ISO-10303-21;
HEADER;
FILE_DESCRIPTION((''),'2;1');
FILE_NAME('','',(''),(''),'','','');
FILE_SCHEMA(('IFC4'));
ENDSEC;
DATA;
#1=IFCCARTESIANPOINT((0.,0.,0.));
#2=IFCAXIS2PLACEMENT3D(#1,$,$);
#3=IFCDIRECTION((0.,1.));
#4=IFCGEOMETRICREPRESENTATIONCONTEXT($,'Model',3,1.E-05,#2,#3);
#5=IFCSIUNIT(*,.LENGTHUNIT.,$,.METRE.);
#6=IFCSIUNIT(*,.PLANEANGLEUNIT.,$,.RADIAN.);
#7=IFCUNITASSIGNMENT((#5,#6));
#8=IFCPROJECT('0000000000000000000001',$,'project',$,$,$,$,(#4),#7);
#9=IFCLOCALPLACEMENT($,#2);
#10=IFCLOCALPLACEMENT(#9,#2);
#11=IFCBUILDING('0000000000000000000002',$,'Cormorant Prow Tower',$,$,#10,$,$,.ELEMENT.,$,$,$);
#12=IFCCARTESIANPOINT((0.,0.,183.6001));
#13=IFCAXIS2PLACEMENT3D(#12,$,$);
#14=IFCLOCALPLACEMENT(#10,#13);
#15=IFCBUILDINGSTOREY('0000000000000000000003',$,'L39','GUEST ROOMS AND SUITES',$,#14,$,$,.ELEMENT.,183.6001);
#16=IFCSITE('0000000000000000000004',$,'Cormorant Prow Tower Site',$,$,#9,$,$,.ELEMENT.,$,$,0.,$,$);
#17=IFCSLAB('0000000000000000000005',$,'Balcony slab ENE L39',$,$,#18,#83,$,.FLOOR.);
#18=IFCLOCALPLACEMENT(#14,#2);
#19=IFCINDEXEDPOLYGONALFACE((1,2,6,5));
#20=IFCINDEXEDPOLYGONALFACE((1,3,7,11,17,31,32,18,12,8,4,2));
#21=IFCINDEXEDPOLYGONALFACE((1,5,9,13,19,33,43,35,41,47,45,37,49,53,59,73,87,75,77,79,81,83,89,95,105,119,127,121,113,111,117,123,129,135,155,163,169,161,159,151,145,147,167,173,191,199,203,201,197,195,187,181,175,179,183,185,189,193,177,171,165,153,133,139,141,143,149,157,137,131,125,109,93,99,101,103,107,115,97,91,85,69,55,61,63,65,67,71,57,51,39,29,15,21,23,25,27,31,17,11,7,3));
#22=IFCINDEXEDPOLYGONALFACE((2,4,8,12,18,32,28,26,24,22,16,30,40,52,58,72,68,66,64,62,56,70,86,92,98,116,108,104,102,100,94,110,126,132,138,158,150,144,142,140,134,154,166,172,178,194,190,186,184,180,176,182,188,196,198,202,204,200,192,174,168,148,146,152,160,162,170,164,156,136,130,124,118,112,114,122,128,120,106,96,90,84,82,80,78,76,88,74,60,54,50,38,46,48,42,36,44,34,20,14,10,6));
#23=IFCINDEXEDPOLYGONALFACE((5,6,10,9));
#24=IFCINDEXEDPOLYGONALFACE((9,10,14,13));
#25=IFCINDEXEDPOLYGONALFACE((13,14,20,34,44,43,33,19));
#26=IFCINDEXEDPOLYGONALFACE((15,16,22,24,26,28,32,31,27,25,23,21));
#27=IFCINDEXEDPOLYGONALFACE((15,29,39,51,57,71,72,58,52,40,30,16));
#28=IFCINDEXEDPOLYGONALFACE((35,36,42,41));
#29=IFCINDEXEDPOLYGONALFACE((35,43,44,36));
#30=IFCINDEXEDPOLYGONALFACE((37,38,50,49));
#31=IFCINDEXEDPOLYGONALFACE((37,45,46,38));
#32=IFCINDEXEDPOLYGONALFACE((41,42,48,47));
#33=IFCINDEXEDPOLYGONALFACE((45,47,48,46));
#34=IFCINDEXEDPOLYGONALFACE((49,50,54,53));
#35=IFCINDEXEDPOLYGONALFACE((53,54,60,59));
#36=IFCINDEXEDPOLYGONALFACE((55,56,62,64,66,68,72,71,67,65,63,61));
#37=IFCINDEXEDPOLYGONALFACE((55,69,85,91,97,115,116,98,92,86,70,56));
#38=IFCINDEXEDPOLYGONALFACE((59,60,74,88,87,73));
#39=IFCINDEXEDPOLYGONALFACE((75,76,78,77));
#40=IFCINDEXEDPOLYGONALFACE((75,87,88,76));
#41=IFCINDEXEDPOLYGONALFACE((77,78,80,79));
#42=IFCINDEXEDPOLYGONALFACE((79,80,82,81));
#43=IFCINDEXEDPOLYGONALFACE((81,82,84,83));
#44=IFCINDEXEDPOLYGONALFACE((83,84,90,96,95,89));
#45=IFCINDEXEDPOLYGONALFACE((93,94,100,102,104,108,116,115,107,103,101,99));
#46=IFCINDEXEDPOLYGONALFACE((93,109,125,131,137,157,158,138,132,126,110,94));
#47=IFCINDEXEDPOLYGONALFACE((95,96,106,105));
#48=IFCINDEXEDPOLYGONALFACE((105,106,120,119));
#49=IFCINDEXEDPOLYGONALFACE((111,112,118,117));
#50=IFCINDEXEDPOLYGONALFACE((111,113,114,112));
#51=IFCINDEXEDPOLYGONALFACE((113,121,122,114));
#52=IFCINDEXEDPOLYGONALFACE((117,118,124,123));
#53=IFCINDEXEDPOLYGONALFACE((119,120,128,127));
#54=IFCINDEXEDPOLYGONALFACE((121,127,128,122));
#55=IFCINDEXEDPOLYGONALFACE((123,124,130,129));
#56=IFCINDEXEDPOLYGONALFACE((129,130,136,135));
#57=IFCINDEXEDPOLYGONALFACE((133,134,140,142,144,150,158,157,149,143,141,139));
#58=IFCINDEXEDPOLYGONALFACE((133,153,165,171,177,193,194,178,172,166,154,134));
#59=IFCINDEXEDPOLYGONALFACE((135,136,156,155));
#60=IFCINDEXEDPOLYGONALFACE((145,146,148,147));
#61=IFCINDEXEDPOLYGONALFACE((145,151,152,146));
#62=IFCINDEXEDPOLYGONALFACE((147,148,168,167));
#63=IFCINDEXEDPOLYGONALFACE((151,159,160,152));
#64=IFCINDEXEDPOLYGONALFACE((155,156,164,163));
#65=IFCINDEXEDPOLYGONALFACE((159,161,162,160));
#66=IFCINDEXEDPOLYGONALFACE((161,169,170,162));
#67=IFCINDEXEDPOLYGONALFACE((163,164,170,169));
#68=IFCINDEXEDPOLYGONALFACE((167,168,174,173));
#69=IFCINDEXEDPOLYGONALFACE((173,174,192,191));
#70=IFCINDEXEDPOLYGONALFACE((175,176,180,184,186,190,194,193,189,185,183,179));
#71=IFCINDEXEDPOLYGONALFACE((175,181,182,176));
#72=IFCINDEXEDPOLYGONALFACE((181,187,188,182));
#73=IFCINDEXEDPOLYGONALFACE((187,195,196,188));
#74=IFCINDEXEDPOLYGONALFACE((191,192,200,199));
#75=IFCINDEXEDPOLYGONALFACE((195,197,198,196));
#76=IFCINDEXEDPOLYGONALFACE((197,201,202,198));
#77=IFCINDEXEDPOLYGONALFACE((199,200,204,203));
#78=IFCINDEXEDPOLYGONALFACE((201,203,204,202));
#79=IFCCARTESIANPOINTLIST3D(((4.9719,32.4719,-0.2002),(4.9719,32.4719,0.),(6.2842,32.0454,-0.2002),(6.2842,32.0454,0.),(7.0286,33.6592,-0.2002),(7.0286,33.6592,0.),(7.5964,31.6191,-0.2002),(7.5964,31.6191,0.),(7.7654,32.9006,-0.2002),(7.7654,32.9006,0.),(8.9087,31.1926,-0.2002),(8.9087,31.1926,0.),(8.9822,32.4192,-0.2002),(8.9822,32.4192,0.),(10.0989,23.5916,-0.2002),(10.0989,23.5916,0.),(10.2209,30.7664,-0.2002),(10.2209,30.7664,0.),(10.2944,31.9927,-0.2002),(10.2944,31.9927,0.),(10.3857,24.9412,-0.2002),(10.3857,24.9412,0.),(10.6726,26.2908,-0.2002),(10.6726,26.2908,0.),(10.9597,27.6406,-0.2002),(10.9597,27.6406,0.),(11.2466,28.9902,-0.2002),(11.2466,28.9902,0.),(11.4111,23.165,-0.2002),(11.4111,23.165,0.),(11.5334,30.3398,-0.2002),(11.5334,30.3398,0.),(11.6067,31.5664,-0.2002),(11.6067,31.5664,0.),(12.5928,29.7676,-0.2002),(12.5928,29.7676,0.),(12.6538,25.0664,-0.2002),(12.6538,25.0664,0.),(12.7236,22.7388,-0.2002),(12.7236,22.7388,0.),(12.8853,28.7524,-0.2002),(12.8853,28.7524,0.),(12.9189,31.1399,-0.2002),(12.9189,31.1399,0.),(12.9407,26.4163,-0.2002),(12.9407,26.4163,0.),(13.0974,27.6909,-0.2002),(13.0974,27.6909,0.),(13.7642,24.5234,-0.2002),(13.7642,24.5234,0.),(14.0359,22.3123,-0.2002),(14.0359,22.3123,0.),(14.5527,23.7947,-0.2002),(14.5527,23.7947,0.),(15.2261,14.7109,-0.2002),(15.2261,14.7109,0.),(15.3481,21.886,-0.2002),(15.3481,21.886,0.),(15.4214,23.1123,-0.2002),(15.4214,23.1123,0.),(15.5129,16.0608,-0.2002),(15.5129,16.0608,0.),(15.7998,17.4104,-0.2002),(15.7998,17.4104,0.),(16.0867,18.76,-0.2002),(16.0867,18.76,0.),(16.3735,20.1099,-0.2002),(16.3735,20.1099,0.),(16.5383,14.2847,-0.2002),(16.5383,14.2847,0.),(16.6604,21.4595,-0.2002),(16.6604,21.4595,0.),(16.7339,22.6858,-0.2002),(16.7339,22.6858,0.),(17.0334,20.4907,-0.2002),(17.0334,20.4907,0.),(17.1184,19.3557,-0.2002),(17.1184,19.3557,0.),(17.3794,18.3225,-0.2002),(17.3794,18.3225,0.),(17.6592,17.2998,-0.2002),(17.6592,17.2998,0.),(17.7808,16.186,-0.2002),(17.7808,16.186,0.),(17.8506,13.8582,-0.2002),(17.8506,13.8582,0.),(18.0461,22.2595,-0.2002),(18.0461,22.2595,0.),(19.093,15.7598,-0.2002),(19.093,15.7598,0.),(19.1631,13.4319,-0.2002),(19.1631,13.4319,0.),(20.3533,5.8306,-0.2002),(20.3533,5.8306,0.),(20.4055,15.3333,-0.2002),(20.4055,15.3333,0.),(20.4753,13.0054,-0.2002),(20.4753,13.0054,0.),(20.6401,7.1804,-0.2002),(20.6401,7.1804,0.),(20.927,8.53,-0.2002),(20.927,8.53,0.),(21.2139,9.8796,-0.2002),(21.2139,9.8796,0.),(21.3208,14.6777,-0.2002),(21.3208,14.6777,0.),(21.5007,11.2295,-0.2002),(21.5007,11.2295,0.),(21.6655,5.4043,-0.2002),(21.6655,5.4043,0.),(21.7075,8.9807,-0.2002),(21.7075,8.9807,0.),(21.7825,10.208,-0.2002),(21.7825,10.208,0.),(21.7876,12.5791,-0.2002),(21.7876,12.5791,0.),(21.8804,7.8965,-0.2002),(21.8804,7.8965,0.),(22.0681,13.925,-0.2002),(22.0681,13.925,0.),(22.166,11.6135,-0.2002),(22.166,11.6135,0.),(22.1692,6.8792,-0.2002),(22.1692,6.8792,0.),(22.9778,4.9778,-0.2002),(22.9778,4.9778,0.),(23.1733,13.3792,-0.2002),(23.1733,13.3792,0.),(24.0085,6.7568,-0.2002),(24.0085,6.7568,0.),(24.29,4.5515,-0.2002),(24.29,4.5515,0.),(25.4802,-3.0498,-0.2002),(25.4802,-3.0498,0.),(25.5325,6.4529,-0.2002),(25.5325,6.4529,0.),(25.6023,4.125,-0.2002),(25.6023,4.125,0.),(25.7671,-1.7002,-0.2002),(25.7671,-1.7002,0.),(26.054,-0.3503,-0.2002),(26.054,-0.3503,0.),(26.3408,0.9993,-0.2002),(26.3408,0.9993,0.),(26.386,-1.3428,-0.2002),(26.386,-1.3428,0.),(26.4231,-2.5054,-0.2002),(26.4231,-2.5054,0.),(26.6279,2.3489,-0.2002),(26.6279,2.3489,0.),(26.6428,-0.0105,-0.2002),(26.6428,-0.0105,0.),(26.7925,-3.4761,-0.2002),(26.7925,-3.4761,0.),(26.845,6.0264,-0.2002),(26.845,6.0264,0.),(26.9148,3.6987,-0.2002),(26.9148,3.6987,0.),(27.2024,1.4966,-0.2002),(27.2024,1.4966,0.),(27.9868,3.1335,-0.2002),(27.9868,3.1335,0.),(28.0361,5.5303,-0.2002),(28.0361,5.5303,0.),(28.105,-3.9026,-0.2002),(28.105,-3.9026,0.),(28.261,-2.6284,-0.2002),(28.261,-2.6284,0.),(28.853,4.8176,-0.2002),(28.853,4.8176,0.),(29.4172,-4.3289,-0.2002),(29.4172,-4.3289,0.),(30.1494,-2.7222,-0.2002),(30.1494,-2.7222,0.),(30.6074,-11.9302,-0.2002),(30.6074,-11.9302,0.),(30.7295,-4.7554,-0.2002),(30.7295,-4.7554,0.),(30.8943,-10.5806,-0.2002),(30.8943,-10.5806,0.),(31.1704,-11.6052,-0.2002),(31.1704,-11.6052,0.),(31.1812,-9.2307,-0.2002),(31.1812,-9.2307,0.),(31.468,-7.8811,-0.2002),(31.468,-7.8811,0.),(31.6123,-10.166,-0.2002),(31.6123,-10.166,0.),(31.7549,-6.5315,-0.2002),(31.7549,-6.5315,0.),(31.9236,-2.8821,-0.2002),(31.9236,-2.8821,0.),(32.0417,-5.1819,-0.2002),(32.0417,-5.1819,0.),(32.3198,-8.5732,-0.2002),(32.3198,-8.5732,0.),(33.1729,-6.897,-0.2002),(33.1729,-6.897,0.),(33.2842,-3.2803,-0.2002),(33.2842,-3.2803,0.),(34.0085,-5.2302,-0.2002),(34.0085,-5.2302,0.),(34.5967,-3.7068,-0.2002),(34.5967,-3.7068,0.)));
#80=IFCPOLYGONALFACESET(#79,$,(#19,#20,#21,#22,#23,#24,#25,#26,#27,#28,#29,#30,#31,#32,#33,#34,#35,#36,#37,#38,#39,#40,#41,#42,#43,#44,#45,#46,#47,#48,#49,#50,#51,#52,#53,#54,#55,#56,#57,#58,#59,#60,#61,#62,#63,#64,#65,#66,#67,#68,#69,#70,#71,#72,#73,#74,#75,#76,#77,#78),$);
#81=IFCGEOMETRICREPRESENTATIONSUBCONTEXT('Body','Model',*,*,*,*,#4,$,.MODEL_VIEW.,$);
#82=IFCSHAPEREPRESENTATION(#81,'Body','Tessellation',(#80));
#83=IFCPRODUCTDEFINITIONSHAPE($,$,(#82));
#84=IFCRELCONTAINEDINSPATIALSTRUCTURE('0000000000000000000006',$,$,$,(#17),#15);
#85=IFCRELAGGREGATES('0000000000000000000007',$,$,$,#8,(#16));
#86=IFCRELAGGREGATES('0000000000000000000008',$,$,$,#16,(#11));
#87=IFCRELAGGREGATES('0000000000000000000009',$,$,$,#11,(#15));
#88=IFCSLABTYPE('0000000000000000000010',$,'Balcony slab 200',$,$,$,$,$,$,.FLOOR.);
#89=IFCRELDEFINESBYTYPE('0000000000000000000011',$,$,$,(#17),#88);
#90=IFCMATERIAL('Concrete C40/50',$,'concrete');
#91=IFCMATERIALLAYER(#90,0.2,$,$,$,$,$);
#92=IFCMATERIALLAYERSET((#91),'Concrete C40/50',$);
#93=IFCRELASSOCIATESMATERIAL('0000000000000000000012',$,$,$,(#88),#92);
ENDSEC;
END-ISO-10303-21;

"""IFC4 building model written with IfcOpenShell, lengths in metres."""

from ifc_helpers import new_model, si_unit, direction, frame, origin, place, context, subcontext, project, spatial, polyline, outline, extrude, material, layer, layer_set, type_object, element, save


model = new_model("IFC4")

# Units and contexts
model_context = context("Model", 3, precision=1e-05, world=origin(), true_north=direction((0.0, 1.0)))
body_context = subcontext(model_context, "Body", "Model", "MODEL_VIEW")
ifc_project = project(units=[si_unit("LENGTHUNIT", "METRE"), si_unit("PLANEANGLEUNIT", "RADIAN")], contexts=[model_context])

# Site, building, storey
site_placement = place(None, origin())
site = spatial("IfcSite", under=ifc_project, at=site_placement, Name="Cormorant Prow Tower Site", CompositionType="ELEMENT", RefElevation=0.0)
building_placement = place(site_placement, origin())
building = spatial("IfcBuilding", under=site, at=building_placement, Name="Cormorant Prow Tower", CompositionType="ELEMENT")
storey_placement = place(building_placement, frame((0.0, 0.0, 183.6001)))
storey = spatial("IfcBuildingStorey", under=building, at=storey_placement, Name="L39", Description="GUEST ROOMS AND SUITES", CompositionType="ELEMENT", Elevation=183.6001)

# Slab
ifc_material_1 = material(Name="Concrete C40/50", Category="concrete")
ifc_layer_1 = layer(ifc_material_1, 0.2)
ifc_layer_set_1 = layer_set([ifc_layer_1], Name="Concrete C40/50")
slab_type_1 = type_object("IfcSlabType", Name="Balcony slab 200", PredefinedType="FLOOR", material=ifc_layer_set_1)
slab_1_placement = place(storey_placement, frame((0.0, 0.0, -0.2002)))
element("IfcSlab", 1, at=slab_1_placement, inside=storey, type_object=slab_type_1, Name="Balcony slab ENE L39", PredefinedType="FLOOR", context=body_context, shape_type="SweptSolid", body=[
    extrude(outline(polyline([(30.6074, -11.9302), (31.1704, -11.6052), (31.6123, -10.166), (32.3198, -8.5732), (33.1729, -6.897), (34.0085, -5.2302), (34.5967, -3.7068), (33.2842, -3.2803), (31.9236, -2.8821), (30.1494, -2.7222), (28.261, -2.6284), (26.4231, -2.5054), (26.386, -1.3428), (26.6428, -0.0105), (27.2024, 1.4966), (27.9868, 3.1335), (28.853, 4.8176), (28.0361, 5.5303), (26.845, 6.0264), (25.5325, 6.4529), (24.0085, 6.7568), (22.1692, 6.8792), (21.8804, 7.8965), (21.7075, 8.9807), (21.7825, 10.208), (22.166, 11.6135), (23.1733, 13.3792), (22.0681, 13.925), (21.3208, 14.6777), (20.4055, 15.3333), (19.093, 15.7598), (17.7808, 16.186), (17.6592, 17.2998), (17.3794, 18.3225), (17.1184, 19.3557), (17.0334, 20.4907), (18.0461, 22.2595), (16.7339, 22.6858), (15.4214, 23.1123), (14.5527, 23.7947), (13.7642, 24.5234), (12.6538, 25.0664), (12.9407, 26.4163), (13.0974, 27.6909), (12.8853, 28.7524), (12.5928, 29.7676), (12.9189, 31.1399), (11.6067, 31.5664), (10.2944, 31.9927), (8.9822, 32.4192), (7.7654, 32.9006), (7.0286, 33.6592), (4.9719, 32.4719), (6.2842, 32.0454), (7.5964, 31.6191), (8.9087, 31.1926), (10.2209, 30.7664), (11.5334, 30.3398), (11.2466, 28.9902), (10.9597, 27.6406), (10.6726, 26.2908), (10.3857, 24.9412), (10.0989, 23.5916), (11.4111, 23.165), (12.7236, 22.7388), (14.0359, 22.3123), (15.3481, 21.886), (16.6604, 21.4595), (16.3735, 20.1099), (16.0867, 18.76), (15.7998, 17.4104), (15.5129, 16.0608), (15.2261, 14.7109), (16.5383, 14.2847), (17.8506, 13.8582), (19.1631, 13.4319), (20.4753, 13.0054), (21.7876, 12.5791), (21.5007, 11.2295), (21.2139, 9.8796), (20.927, 8.53), (20.6401, 7.1804), (20.3533, 5.8306), (21.6655, 5.4043), (22.9778, 4.9778), (24.29, 4.5515), (25.6023, 4.125), (26.9148, 3.6987), (26.6279, 2.3489), (26.3408, 0.9993), (26.054, -0.3503), (25.7671, -1.7002), (25.4802, -3.0498), (26.7925, -3.4761), (28.105, -3.9026), (29.4172, -4.3289), (30.7295, -4.7554), (32.0417, -5.1819), (31.7549, -6.5315), (31.468, -7.8811), (31.1812, -9.2307), (30.8943, -10.5806), (30.6074, -11.9302)])), origin(), (0.0, 0.0, 1.0), 0.2002),
])

save(model, "model.ifc")
